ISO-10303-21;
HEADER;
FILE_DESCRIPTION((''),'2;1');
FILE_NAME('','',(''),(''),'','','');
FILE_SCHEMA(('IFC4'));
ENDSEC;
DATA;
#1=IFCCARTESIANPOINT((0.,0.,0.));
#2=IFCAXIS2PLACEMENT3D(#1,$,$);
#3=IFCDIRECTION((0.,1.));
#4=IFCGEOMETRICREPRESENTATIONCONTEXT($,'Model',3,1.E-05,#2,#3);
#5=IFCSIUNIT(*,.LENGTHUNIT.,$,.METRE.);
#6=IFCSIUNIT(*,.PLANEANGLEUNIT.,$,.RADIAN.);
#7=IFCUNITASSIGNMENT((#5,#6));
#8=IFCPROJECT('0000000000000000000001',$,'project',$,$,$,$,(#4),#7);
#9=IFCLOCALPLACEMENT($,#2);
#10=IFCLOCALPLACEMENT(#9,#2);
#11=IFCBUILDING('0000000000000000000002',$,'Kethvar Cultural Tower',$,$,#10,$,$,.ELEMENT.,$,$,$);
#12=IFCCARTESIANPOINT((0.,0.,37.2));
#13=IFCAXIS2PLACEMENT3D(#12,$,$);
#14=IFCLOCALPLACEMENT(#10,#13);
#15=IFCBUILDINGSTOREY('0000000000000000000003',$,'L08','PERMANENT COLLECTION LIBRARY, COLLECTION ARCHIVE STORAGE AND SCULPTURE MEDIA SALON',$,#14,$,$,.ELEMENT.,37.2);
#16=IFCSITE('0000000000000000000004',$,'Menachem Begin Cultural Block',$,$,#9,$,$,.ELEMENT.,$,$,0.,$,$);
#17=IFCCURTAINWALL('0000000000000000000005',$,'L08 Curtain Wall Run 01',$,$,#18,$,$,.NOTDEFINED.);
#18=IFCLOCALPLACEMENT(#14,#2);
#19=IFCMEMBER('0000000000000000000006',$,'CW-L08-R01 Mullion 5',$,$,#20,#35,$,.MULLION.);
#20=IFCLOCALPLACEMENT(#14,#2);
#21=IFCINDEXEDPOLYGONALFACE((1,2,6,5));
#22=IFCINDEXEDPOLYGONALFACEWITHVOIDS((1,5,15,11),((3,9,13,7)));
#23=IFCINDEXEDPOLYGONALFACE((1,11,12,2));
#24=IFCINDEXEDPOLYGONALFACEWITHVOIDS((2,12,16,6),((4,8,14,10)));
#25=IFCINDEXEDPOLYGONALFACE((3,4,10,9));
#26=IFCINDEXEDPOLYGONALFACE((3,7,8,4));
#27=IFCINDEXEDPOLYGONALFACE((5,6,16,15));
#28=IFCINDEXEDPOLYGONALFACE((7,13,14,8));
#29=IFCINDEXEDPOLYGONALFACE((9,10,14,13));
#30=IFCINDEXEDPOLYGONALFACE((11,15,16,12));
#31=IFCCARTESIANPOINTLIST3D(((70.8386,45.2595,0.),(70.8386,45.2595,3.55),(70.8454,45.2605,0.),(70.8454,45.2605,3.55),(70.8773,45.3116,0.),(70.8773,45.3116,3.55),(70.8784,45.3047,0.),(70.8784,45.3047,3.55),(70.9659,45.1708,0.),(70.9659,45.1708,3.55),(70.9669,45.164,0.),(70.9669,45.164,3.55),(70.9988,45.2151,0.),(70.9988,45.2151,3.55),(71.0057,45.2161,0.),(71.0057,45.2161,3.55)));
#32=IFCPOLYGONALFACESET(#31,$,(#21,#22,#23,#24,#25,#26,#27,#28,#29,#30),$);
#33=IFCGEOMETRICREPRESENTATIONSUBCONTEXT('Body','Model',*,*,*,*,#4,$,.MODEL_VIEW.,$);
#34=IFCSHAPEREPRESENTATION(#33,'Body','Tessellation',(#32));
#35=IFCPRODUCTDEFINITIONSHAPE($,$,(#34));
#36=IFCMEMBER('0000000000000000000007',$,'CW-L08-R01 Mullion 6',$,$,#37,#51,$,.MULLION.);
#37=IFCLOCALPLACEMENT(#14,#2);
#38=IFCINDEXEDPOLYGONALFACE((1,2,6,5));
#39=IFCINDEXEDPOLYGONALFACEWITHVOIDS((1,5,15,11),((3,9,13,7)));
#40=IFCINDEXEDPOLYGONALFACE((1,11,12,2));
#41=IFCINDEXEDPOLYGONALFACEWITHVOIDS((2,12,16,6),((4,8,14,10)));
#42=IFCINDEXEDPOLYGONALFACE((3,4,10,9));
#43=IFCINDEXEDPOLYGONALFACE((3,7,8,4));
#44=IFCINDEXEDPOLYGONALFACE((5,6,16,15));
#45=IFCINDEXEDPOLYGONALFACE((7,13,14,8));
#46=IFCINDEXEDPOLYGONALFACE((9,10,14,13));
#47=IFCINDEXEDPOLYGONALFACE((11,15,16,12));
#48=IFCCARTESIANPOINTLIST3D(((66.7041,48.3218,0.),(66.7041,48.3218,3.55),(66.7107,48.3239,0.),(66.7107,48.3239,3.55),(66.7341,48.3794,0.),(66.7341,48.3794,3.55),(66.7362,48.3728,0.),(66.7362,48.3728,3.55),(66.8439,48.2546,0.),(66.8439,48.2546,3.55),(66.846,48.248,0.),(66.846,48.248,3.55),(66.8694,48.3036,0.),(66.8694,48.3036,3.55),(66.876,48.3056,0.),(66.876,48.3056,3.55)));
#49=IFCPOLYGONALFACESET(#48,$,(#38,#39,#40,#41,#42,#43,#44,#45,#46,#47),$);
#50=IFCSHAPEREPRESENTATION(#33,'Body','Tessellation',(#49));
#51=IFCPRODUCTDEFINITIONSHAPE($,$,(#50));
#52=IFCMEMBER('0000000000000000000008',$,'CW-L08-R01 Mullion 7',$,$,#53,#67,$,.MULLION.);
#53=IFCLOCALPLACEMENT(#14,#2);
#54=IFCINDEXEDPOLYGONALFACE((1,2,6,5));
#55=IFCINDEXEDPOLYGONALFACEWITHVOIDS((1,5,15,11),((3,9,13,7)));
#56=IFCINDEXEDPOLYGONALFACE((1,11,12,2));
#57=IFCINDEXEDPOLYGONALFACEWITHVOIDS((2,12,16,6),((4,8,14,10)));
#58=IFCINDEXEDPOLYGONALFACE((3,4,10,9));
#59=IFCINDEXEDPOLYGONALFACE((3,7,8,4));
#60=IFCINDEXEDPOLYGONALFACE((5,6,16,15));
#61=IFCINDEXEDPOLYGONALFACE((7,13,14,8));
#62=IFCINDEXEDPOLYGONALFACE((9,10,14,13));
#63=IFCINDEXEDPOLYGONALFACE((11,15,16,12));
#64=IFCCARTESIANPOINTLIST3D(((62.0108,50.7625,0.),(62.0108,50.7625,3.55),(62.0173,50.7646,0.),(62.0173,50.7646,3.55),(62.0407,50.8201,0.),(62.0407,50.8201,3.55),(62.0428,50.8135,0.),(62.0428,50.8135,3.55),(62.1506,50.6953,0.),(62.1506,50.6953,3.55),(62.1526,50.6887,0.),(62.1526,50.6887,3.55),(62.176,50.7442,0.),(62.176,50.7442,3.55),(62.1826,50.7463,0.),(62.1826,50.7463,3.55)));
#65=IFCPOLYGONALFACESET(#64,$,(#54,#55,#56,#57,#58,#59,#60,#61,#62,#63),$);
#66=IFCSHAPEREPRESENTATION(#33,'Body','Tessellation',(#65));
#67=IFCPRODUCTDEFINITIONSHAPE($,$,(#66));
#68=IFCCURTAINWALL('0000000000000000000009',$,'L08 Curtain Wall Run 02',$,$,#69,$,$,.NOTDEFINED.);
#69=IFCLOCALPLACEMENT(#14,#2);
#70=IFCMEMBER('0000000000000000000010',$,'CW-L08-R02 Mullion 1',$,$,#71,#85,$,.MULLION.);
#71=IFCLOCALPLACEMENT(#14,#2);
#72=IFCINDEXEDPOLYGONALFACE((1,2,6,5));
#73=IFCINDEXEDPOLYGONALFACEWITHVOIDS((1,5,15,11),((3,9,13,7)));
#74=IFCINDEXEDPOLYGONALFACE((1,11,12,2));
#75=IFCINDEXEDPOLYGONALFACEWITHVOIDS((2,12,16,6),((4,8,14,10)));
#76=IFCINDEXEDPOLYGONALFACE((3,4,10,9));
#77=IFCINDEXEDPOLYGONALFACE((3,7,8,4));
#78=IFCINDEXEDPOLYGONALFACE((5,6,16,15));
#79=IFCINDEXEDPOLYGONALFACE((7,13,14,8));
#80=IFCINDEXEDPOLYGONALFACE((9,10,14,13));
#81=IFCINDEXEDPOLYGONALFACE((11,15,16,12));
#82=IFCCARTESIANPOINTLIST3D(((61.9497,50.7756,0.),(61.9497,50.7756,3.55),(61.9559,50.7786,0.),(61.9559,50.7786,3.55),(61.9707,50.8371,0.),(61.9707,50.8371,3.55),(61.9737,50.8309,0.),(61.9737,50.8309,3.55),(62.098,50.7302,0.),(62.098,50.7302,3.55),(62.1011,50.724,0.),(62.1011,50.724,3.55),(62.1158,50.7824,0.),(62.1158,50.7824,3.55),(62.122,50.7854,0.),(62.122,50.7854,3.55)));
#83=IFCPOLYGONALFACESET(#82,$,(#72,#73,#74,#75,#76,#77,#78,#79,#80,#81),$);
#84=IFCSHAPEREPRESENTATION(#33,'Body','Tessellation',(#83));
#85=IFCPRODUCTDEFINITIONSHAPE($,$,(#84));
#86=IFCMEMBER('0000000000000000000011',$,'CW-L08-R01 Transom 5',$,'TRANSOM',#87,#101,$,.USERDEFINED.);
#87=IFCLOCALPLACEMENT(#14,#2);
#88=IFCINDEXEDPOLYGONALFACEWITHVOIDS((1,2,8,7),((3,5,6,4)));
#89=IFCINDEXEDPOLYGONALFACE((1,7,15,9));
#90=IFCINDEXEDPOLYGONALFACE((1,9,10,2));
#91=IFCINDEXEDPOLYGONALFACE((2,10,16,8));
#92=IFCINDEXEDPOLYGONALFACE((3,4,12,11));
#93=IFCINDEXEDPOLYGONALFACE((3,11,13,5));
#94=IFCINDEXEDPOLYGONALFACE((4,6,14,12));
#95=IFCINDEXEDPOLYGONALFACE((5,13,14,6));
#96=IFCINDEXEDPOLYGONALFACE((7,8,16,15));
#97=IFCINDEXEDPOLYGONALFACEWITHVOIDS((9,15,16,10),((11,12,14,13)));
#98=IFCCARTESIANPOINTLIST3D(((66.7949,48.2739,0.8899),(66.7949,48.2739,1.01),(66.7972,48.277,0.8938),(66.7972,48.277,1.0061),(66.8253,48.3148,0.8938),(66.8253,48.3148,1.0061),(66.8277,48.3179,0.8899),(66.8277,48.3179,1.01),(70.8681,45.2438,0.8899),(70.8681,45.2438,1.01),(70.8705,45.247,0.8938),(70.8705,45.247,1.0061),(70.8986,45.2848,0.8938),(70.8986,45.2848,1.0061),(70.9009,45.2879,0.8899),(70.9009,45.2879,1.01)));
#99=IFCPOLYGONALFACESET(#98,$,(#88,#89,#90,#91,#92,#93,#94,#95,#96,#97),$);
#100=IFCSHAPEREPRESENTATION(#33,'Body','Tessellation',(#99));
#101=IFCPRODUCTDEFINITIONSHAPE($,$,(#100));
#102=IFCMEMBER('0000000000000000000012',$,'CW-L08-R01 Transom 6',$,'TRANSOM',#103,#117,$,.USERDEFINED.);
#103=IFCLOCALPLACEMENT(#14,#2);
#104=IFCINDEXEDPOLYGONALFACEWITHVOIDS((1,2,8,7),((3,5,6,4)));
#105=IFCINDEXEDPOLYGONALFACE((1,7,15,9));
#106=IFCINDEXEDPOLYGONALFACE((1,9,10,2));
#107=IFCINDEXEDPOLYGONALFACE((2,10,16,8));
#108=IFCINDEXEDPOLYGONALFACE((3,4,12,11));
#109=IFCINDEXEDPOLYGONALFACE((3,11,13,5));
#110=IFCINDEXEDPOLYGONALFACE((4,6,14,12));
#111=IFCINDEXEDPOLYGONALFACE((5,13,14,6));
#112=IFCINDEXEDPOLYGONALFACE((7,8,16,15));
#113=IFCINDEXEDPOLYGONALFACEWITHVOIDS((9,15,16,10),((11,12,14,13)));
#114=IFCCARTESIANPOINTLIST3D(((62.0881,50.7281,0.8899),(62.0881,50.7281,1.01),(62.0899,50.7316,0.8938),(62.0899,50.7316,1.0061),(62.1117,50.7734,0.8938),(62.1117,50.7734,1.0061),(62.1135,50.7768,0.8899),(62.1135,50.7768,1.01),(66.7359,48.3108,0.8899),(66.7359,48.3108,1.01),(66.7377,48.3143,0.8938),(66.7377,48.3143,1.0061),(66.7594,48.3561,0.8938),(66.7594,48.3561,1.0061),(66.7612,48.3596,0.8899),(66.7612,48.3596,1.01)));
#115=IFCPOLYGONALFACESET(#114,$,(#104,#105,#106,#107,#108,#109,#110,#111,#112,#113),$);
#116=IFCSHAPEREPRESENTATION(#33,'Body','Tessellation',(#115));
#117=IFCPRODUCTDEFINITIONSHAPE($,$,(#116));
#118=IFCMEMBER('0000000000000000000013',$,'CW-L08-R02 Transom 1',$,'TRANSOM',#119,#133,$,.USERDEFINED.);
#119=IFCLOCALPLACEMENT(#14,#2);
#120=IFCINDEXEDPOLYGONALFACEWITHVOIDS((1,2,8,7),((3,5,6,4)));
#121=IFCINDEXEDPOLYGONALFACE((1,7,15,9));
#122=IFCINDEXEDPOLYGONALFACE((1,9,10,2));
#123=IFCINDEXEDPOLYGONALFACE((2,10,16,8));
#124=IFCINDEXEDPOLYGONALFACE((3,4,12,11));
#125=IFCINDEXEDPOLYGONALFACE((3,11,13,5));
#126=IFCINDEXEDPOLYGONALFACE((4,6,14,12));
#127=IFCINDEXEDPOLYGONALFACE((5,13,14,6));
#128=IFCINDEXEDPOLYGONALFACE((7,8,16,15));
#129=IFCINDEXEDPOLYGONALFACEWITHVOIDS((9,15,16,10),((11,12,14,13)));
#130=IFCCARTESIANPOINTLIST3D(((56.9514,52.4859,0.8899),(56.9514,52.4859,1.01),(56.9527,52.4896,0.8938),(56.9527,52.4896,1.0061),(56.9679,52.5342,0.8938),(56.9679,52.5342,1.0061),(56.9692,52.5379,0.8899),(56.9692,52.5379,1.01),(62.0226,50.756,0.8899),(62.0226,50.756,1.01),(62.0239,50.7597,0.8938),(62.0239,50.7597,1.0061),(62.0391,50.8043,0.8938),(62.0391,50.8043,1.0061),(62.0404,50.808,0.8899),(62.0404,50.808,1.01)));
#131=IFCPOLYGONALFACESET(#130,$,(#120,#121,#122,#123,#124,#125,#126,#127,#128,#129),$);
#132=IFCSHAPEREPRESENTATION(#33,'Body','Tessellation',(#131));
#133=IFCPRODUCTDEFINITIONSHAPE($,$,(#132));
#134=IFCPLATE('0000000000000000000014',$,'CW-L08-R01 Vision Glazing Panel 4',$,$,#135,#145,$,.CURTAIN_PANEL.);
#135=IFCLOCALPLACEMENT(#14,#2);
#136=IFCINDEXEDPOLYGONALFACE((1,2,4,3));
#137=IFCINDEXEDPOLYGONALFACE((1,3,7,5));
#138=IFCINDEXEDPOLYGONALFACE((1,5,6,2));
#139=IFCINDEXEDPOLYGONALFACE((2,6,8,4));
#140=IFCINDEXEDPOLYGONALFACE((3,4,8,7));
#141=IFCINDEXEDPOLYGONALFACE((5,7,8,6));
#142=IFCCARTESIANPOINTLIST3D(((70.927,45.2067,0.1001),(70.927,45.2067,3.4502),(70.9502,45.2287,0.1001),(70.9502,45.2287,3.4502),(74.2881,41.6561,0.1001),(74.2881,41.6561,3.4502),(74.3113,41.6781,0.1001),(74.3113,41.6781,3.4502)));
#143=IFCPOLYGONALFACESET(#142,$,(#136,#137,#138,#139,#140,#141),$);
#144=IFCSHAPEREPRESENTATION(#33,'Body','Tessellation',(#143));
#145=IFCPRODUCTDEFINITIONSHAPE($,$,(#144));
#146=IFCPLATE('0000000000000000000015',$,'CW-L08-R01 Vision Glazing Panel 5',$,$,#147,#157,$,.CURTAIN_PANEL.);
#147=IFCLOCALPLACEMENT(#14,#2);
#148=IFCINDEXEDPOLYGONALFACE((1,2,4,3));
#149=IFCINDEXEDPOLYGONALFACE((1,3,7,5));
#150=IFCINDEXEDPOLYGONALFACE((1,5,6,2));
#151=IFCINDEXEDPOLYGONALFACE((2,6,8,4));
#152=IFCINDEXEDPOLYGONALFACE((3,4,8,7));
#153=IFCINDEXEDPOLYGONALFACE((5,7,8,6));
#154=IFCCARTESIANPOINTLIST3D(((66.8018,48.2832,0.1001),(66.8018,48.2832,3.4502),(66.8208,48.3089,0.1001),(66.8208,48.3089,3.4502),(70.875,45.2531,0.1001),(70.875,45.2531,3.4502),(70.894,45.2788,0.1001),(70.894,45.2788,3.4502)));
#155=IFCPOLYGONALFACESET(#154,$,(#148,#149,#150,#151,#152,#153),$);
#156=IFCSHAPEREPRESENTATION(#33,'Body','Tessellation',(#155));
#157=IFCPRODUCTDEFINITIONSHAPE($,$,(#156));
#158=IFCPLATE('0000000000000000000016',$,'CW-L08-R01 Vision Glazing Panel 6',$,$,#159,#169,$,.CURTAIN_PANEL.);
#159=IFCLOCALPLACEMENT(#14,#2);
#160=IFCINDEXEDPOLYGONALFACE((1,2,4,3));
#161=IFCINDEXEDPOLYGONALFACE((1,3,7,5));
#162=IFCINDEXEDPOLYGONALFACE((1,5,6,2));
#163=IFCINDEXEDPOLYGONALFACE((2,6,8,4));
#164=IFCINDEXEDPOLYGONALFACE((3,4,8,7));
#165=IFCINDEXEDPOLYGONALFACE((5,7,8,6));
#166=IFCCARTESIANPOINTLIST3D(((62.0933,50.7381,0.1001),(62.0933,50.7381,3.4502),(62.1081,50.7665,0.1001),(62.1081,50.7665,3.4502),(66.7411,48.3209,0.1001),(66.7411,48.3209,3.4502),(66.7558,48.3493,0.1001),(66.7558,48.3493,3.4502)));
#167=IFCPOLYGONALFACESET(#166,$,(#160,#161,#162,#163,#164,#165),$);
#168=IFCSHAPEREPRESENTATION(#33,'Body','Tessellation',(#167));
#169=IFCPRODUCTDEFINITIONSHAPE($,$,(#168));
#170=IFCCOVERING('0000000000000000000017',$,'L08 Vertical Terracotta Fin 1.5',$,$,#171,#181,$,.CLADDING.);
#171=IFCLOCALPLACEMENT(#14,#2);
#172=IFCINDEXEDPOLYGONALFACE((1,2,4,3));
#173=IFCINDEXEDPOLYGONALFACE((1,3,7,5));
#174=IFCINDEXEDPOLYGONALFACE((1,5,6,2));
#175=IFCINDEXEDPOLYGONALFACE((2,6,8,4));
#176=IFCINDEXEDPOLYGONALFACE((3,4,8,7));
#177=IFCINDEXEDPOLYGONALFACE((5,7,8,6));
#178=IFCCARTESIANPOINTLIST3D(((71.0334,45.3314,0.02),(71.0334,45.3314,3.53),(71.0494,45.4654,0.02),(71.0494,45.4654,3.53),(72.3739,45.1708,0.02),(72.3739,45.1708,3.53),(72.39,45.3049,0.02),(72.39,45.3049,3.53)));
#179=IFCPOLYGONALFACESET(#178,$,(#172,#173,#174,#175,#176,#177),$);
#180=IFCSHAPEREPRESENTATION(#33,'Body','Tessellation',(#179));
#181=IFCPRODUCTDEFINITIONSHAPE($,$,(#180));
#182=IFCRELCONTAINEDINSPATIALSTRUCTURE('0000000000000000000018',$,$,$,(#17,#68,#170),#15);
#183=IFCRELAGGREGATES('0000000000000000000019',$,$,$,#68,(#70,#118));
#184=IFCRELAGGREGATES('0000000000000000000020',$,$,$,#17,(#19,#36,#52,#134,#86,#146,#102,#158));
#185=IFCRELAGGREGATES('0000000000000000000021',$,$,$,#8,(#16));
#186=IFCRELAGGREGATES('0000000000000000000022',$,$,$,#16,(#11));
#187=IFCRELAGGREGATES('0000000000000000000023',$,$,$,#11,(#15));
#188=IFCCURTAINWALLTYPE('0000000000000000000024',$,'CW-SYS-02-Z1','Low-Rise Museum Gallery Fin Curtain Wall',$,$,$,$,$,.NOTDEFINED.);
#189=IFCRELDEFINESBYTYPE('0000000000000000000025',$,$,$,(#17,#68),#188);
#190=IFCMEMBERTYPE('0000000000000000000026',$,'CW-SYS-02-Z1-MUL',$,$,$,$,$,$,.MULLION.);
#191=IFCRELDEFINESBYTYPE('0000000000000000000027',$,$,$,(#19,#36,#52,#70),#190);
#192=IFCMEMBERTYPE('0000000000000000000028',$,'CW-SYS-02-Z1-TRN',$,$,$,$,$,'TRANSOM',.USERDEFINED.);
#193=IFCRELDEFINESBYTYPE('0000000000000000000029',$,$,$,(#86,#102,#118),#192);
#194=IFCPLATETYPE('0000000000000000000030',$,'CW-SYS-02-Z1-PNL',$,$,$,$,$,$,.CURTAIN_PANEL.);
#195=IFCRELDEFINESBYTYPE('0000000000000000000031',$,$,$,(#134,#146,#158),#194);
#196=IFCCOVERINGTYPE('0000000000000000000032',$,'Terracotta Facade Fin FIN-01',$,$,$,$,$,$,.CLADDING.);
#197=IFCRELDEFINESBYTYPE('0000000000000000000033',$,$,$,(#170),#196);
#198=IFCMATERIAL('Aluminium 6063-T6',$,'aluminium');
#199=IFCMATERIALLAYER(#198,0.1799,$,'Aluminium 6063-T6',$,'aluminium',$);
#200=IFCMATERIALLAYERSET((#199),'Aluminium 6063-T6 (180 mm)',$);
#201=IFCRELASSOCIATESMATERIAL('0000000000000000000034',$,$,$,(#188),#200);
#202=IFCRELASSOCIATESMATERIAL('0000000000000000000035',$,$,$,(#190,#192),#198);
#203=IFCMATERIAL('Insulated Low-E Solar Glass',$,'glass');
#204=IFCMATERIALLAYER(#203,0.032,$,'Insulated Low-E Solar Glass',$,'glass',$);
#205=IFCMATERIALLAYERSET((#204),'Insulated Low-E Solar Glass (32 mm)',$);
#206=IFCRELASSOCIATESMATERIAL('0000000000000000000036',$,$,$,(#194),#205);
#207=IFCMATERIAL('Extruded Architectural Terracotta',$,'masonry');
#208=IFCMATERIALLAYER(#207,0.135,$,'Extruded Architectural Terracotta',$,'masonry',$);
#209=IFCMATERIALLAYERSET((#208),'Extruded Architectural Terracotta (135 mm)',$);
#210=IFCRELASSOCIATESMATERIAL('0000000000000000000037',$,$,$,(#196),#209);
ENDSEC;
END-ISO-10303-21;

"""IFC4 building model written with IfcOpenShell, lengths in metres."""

from ifc_helpers import new_model, si_unit, direction, frame, origin, origin_2d, place, context, subcontext, project, spatial, rectangle, hollow_rectangle, extrude, source, transform, mapped, material, layer, layer_set, material_profile, profile_set, type_object, element, aggregate, save


model = new_model("IFC4")

# Units and contexts
model_context = context("Model", 3, precision=1e-05, world=origin(), true_north=direction((0.0, 1.0)))
body_context = subcontext(model_context, "Body", "Model", "MODEL_VIEW")
ifc_project = project(units=[si_unit("LENGTHUNIT", "METRE"), si_unit("PLANEANGLEUNIT", "RADIAN")], contexts=[model_context])

# Site, building, storey
site_placement = place(None, origin())
site = spatial("IfcSite", under=ifc_project, at=site_placement, Name="Menachem Begin Cultural Block", CompositionType="ELEMENT", RefElevation=0.0)
building_placement = place(site_placement, origin())
building = spatial("IfcBuilding", under=site, at=building_placement, Name="Kethvar Cultural Tower", CompositionType="ELEMENT")
storey_placement = place(building_placement, frame((0.0, 0.0, 37.2)))
storey = spatial("IfcBuildingStorey", under=building, at=storey_placement, Name="L08", Description="PERMANENT COLLECTION LIBRARY, COLLECTION ARCHIVE STORAGE AND SCULPTURE MEDIA SALON", CompositionType="ELEMENT", Elevation=37.2)

# Curtain wall, members
ifc_material_1 = material(Name="Aluminium 6063-T6", Category="aluminium")
ifc_layer_1 = layer(ifc_material_1, 0.1799, Name="Aluminium 6063-T6", Category="aluminium")
ifc_layer_set_1 = layer_set([ifc_layer_1], Name="Aluminium 6063-T6 (180 mm)")
curtain_wall_type = type_object("IfcCurtainWallType", Name="CW-SYS-02-Z1", Description="Low-Rise Museum Gallery Fin Curtain Wall", PredefinedType="NOTDEFINED", material=ifc_layer_set_1)
curtain_wall_1_placement = place(storey_placement, origin())
curtain_wall_1 = element("IfcCurtainWall", 1, at=curtain_wall_1_placement, inside=storey, type_object=curtain_wall_type, Name="L08 Curtain Wall Run 01", PredefinedType="NOTDEFINED")
ifc_material_profile_1 = material_profile(ifc_material_1, hollow_rectangle(XDim=0.0649, YDim=0.1599, WallThickness=0.0049, at=origin_2d()), Name="Aluminium 6063-T6 — RHS160x65x5")
ifc_profile_set_1 = profile_set([ifc_material_profile_1], Name="Aluminium 6063-T6 — RHS160x65x5")
member_type_1 = type_object("IfcMemberType", Name="CW-SYS-02-Z1-MUL", PredefinedType="MULLION", material=ifc_profile_set_1)
shared_shape_1 = source(origin(), body_context, "Body", "SweptSolid", [
    extrude(hollow_rectangle(XDim=0.0649, YDim=0.1599, WallThickness=0.0049, at=origin_2d()), origin(), (0.0, 0.0, 1.0), 3.55),
])
member_1_placement = place(storey_placement, frame((70.9221, 45.2378, 0.0), z_axis=(0.0, 0.0, 1.0), x_axis=(-0.596869, -0.802339, 0.0)))
member_1 = element("IfcMember", 2, at=member_1_placement, type_object=member_type_1, Name="CW-L08-R01 Mullion 5", PredefinedType="MULLION", context=body_context, shape_type="MappedRepresentation", body=[
    mapped(shared_shape_1, transform((0.0, 0.0, 0.0), scale=1.0)),
])
member_2_placement = place(storey_placement, frame((66.79, 48.3137, 0.0), z_axis=(0.0, 0.0, 1.0), x_axis=(-0.461408, -0.887188, 0.0)))
member_2 = element("IfcMember", 3, at=member_2_placement, type_object=member_type_1, Name="CW-L08-R01 Mullion 6", PredefinedType="MULLION", context=body_context, shape_type="MappedRepresentation", body=[
    mapped(shared_shape_1, transform((0.0, 0.0, 0.0), scale=1.0)),
])
member_3_placement = place(storey_placement, frame((62.0967, 50.7544, 0.0), z_axis=(0.0, 0.0, 1.0), x_axis=(-0.461408, -0.887188, 0.0)))
member_3 = element("IfcMember", 4, at=member_3_placement, type_object=member_type_1, Name="CW-L08-R01 Mullion 7", PredefinedType="MULLION", context=body_context, shape_type="MappedRepresentation", body=[
    mapped(shared_shape_1, transform((0.0, 0.0, 0.0), scale=1.0)),
])

# Curtain wall, member
curtain_wall_2_placement = place(storey_placement, origin())
curtain_wall_2 = element("IfcCurtainWall", 5, at=curtain_wall_2_placement, inside=storey, type_object=curtain_wall_type, Name="L08 Curtain Wall Run 02", PredefinedType="NOTDEFINED")
member_4_placement = place(storey_placement, frame((62.0359, 50.7805, 0.0), z_axis=(0.0, 0.0, 1.0), x_axis=(-0.32286, -0.946447, 0.0)))
member_4 = element("IfcMember", 6, at=member_4_placement, type_object=member_type_1, Name="CW-L08-R02 Mullion 1", PredefinedType="MULLION", context=body_context, shape_type="MappedRepresentation", body=[
    mapped(shared_shape_1, transform((0.0, 0.0, 0.0), scale=1.0)),
])

# Members
ifc_material_profile_2 = material_profile(ifc_material_1, hollow_rectangle(XDim=0.0549, YDim=0.1201, WallThickness=0.0039, at=origin_2d()), Name="Aluminium 6063-T6 — RHS120x55x4")
ifc_profile_set_2 = profile_set([ifc_material_profile_2], Name="Aluminium 6063-T6 — RHS120x55x4")
member_type_2 = type_object("IfcMemberType", Name="CW-SYS-02-Z1-TRN", ElementType="TRANSOM", PredefinedType="USERDEFINED", material=ifc_profile_set_2)
shared_shape_2 = source(origin(), body_context, "Body", "SweptSolid", [
    extrude(hollow_rectangle(XDim=0.0549, YDim=0.1201, WallThickness=0.0039, at=origin_2d()), origin(), (0.0, 0.0, 1.0), 5.0767),
])
member_5_placement = place(storey_placement, frame((70.8845, 45.2659, 0.95), z_axis=(-0.802348, 0.596856, 0.0), x_axis=(-0.596856, -0.802348, 0.0)))
member_5 = element("IfcMember", 7, at=member_5_placement, type_object=member_type_2, Name="CW-L08-R01 Transom 5", ObjectType="TRANSOM", PredefinedType="USERDEFINED", context=body_context, shape_type="MappedRepresentation", body=[
    mapped(shared_shape_2, transform((0.0, 0.0, 0.0), scale=1.0)),
])
shared_shape_3 = source(origin(), body_context, "Body", "SweptSolid", [
    extrude(hollow_rectangle(XDim=0.0549, YDim=0.1201, WallThickness=0.0039, at=origin_2d()), origin(), (0.0, 0.0, 1.0), 5.2388),
])
member_6_placement = place(storey_placement, frame((66.7485, 48.3352, 0.95), z_axis=(-0.887183, 0.461417, 0.0), x_axis=(-0.461417, -0.887183, 0.0)))
member_6 = element("IfcMember", 8, at=member_6_placement, type_object=member_type_2, Name="CW-L08-R01 Transom 6", ObjectType="TRANSOM", PredefinedType="USERDEFINED", context=body_context, shape_type="MappedRepresentation", body=[
    mapped(shared_shape_3, transform((0.0, 0.0, 0.0), scale=1.0)),
])
shared_shape_4 = source(origin(), body_context, "Body", "SweptSolid", [
    extrude(hollow_rectangle(XDim=0.0549, YDim=0.1201, WallThickness=0.0039, at=origin_2d()), origin(), (0.0, 0.0, 1.0), 5.3582),
])
member_7_placement = place(storey_placement, frame((62.0315, 50.782, 0.95), z_axis=(-0.946446, 0.322863, 0.0), x_axis=(-0.322863, -0.946446, 0.0)))
member_7 = element("IfcMember", 9, at=member_7_placement, type_object=member_type_2, Name="CW-L08-R02 Transom 1", ObjectType="TRANSOM", PredefinedType="USERDEFINED", context=body_context, shape_type="MappedRepresentation", body=[
    mapped(shared_shape_4, transform((0.0, 0.0, 0.0), scale=1.0)),
])
aggregate(curtain_wall_2, [member_4, member_7])

# Plates
ifc_material_2 = material(Name="Insulated Low-E Solar Glass", Category="glass")
ifc_layer_2 = layer(ifc_material_2, 0.032, Name="Insulated Low-E Solar Glass", Category="glass")
ifc_layer_set_2 = layer_set([ifc_layer_2], Name="Insulated Low-E Solar Glass (32 mm)")
plate_type = type_object("IfcPlateType", Name="CW-SYS-02-Z1-PNL", PredefinedType="CURTAIN_PANEL", material=ifc_layer_set_2)
shared_shape_5 = source(origin(), body_context, "Body", "SweptSolid", [
    extrude(rectangle(XDim=4.8892, YDim=0.032, at=origin_2d()), origin(), (0.0, 0.0, 1.0), 3.3501),
])
plate_1_placement = place(storey_placement, frame((72.6191, 43.4424, 0.1001), z_axis=(0.0, 0.0, 1.0), x_axis=(-0.687468, 0.726215, 0.0)))
plate_1 = element("IfcPlate", 10, at=plate_1_placement, type_object=plate_type, Name="CW-L08-R01 Vision Glazing Panel 4", PredefinedType="CURTAIN_PANEL", context=body_context, shape_type="MappedRepresentation", body=[
    mapped(shared_shape_5, transform((0.0, 0.0, 0.0), scale=1.0)),
])
shared_shape_6 = source(origin(), body_context, "Body", "SweptSolid", [
    extrude(rectangle(XDim=5.0767, YDim=0.032, at=origin_2d()), origin(), (0.0, 0.0, 1.0), 3.3501),
])
plate_2_placement = place(storey_placement, frame((68.8479, 46.781, 0.1001), z_axis=(0.0, 0.0, 1.0), x_axis=(-0.802339, 0.596869, 0.0)))
plate_2 = element("IfcPlate", 11, at=plate_2_placement, type_object=plate_type, Name="CW-L08-R01 Vision Glazing Panel 5", PredefinedType="CURTAIN_PANEL", context=body_context, shape_type="MappedRepresentation", body=[
    mapped(shared_shape_6, transform((0.0, 0.0, 0.0), scale=1.0)),
])
shared_shape_7 = source(origin(), body_context, "Body", "SweptSolid", [
    extrude(rectangle(XDim=5.2388, YDim=0.032, at=origin_2d()), origin(), (0.0, 0.0, 1.0), 3.3501),
])
plate_3_placement = place(storey_placement, frame((64.4246, 49.5437, 0.1001), z_axis=(0.0, 0.0, 1.0), x_axis=(-0.887188, 0.461408, 0.0)))
plate_3 = element("IfcPlate", 12, at=plate_3_placement, type_object=plate_type, Name="CW-L08-R01 Vision Glazing Panel 6", PredefinedType="CURTAIN_PANEL", context=body_context, shape_type="MappedRepresentation", body=[
    mapped(shared_shape_7, transform((0.0, 0.0, 0.0), scale=1.0)),
])
aggregate(curtain_wall_1, [member_1, member_2, member_3, plate_1, member_5, plate_2, member_6, plate_3])

# Covering
ifc_material_3 = material(Name="Extruded Architectural Terracotta", Category="masonry")
ifc_layer_3 = layer(ifc_material_3, 0.135, Name="Extruded Architectural Terracotta", Category="masonry")
ifc_layer_set_3 = layer_set([ifc_layer_3], Name="Extruded Architectural Terracotta (135 mm)")
covering_type = type_object("IfcCoveringType", Name="Terracotta Facade Fin FIN-01", PredefinedType="CLADDING", material=ifc_layer_set_3)
shared_shape_8 = source(origin(), body_context, "Body", "SweptSolid", [
    extrude(rectangle(XDim=1.3501, YDim=0.135, at=origin_2d()), origin(), (0.0, 0.0, 1.0), 3.51),
])
for number, where, z_axis, x_axis, name in (
    (13, (71.7117, 45.3181, 0.02), (0.0, 0.0, 1.0), (0.992903, -0.118924, 0.0), "L08 Vertical Terracotta Fin 1.5"),
):
    element("IfcCovering", number, at=place(storey_placement, frame(where, z_axis=z_axis, x_axis=x_axis)), inside=storey, type_object=covering_type, Name=name, PredefinedType="CLADDING", context=body_context, shape_type="MappedRepresentation", body=[
        mapped(shared_shape_8, transform((0.0, 0.0, 0.0), scale=1.0)),
    ])

save(model, "model.ifc")
